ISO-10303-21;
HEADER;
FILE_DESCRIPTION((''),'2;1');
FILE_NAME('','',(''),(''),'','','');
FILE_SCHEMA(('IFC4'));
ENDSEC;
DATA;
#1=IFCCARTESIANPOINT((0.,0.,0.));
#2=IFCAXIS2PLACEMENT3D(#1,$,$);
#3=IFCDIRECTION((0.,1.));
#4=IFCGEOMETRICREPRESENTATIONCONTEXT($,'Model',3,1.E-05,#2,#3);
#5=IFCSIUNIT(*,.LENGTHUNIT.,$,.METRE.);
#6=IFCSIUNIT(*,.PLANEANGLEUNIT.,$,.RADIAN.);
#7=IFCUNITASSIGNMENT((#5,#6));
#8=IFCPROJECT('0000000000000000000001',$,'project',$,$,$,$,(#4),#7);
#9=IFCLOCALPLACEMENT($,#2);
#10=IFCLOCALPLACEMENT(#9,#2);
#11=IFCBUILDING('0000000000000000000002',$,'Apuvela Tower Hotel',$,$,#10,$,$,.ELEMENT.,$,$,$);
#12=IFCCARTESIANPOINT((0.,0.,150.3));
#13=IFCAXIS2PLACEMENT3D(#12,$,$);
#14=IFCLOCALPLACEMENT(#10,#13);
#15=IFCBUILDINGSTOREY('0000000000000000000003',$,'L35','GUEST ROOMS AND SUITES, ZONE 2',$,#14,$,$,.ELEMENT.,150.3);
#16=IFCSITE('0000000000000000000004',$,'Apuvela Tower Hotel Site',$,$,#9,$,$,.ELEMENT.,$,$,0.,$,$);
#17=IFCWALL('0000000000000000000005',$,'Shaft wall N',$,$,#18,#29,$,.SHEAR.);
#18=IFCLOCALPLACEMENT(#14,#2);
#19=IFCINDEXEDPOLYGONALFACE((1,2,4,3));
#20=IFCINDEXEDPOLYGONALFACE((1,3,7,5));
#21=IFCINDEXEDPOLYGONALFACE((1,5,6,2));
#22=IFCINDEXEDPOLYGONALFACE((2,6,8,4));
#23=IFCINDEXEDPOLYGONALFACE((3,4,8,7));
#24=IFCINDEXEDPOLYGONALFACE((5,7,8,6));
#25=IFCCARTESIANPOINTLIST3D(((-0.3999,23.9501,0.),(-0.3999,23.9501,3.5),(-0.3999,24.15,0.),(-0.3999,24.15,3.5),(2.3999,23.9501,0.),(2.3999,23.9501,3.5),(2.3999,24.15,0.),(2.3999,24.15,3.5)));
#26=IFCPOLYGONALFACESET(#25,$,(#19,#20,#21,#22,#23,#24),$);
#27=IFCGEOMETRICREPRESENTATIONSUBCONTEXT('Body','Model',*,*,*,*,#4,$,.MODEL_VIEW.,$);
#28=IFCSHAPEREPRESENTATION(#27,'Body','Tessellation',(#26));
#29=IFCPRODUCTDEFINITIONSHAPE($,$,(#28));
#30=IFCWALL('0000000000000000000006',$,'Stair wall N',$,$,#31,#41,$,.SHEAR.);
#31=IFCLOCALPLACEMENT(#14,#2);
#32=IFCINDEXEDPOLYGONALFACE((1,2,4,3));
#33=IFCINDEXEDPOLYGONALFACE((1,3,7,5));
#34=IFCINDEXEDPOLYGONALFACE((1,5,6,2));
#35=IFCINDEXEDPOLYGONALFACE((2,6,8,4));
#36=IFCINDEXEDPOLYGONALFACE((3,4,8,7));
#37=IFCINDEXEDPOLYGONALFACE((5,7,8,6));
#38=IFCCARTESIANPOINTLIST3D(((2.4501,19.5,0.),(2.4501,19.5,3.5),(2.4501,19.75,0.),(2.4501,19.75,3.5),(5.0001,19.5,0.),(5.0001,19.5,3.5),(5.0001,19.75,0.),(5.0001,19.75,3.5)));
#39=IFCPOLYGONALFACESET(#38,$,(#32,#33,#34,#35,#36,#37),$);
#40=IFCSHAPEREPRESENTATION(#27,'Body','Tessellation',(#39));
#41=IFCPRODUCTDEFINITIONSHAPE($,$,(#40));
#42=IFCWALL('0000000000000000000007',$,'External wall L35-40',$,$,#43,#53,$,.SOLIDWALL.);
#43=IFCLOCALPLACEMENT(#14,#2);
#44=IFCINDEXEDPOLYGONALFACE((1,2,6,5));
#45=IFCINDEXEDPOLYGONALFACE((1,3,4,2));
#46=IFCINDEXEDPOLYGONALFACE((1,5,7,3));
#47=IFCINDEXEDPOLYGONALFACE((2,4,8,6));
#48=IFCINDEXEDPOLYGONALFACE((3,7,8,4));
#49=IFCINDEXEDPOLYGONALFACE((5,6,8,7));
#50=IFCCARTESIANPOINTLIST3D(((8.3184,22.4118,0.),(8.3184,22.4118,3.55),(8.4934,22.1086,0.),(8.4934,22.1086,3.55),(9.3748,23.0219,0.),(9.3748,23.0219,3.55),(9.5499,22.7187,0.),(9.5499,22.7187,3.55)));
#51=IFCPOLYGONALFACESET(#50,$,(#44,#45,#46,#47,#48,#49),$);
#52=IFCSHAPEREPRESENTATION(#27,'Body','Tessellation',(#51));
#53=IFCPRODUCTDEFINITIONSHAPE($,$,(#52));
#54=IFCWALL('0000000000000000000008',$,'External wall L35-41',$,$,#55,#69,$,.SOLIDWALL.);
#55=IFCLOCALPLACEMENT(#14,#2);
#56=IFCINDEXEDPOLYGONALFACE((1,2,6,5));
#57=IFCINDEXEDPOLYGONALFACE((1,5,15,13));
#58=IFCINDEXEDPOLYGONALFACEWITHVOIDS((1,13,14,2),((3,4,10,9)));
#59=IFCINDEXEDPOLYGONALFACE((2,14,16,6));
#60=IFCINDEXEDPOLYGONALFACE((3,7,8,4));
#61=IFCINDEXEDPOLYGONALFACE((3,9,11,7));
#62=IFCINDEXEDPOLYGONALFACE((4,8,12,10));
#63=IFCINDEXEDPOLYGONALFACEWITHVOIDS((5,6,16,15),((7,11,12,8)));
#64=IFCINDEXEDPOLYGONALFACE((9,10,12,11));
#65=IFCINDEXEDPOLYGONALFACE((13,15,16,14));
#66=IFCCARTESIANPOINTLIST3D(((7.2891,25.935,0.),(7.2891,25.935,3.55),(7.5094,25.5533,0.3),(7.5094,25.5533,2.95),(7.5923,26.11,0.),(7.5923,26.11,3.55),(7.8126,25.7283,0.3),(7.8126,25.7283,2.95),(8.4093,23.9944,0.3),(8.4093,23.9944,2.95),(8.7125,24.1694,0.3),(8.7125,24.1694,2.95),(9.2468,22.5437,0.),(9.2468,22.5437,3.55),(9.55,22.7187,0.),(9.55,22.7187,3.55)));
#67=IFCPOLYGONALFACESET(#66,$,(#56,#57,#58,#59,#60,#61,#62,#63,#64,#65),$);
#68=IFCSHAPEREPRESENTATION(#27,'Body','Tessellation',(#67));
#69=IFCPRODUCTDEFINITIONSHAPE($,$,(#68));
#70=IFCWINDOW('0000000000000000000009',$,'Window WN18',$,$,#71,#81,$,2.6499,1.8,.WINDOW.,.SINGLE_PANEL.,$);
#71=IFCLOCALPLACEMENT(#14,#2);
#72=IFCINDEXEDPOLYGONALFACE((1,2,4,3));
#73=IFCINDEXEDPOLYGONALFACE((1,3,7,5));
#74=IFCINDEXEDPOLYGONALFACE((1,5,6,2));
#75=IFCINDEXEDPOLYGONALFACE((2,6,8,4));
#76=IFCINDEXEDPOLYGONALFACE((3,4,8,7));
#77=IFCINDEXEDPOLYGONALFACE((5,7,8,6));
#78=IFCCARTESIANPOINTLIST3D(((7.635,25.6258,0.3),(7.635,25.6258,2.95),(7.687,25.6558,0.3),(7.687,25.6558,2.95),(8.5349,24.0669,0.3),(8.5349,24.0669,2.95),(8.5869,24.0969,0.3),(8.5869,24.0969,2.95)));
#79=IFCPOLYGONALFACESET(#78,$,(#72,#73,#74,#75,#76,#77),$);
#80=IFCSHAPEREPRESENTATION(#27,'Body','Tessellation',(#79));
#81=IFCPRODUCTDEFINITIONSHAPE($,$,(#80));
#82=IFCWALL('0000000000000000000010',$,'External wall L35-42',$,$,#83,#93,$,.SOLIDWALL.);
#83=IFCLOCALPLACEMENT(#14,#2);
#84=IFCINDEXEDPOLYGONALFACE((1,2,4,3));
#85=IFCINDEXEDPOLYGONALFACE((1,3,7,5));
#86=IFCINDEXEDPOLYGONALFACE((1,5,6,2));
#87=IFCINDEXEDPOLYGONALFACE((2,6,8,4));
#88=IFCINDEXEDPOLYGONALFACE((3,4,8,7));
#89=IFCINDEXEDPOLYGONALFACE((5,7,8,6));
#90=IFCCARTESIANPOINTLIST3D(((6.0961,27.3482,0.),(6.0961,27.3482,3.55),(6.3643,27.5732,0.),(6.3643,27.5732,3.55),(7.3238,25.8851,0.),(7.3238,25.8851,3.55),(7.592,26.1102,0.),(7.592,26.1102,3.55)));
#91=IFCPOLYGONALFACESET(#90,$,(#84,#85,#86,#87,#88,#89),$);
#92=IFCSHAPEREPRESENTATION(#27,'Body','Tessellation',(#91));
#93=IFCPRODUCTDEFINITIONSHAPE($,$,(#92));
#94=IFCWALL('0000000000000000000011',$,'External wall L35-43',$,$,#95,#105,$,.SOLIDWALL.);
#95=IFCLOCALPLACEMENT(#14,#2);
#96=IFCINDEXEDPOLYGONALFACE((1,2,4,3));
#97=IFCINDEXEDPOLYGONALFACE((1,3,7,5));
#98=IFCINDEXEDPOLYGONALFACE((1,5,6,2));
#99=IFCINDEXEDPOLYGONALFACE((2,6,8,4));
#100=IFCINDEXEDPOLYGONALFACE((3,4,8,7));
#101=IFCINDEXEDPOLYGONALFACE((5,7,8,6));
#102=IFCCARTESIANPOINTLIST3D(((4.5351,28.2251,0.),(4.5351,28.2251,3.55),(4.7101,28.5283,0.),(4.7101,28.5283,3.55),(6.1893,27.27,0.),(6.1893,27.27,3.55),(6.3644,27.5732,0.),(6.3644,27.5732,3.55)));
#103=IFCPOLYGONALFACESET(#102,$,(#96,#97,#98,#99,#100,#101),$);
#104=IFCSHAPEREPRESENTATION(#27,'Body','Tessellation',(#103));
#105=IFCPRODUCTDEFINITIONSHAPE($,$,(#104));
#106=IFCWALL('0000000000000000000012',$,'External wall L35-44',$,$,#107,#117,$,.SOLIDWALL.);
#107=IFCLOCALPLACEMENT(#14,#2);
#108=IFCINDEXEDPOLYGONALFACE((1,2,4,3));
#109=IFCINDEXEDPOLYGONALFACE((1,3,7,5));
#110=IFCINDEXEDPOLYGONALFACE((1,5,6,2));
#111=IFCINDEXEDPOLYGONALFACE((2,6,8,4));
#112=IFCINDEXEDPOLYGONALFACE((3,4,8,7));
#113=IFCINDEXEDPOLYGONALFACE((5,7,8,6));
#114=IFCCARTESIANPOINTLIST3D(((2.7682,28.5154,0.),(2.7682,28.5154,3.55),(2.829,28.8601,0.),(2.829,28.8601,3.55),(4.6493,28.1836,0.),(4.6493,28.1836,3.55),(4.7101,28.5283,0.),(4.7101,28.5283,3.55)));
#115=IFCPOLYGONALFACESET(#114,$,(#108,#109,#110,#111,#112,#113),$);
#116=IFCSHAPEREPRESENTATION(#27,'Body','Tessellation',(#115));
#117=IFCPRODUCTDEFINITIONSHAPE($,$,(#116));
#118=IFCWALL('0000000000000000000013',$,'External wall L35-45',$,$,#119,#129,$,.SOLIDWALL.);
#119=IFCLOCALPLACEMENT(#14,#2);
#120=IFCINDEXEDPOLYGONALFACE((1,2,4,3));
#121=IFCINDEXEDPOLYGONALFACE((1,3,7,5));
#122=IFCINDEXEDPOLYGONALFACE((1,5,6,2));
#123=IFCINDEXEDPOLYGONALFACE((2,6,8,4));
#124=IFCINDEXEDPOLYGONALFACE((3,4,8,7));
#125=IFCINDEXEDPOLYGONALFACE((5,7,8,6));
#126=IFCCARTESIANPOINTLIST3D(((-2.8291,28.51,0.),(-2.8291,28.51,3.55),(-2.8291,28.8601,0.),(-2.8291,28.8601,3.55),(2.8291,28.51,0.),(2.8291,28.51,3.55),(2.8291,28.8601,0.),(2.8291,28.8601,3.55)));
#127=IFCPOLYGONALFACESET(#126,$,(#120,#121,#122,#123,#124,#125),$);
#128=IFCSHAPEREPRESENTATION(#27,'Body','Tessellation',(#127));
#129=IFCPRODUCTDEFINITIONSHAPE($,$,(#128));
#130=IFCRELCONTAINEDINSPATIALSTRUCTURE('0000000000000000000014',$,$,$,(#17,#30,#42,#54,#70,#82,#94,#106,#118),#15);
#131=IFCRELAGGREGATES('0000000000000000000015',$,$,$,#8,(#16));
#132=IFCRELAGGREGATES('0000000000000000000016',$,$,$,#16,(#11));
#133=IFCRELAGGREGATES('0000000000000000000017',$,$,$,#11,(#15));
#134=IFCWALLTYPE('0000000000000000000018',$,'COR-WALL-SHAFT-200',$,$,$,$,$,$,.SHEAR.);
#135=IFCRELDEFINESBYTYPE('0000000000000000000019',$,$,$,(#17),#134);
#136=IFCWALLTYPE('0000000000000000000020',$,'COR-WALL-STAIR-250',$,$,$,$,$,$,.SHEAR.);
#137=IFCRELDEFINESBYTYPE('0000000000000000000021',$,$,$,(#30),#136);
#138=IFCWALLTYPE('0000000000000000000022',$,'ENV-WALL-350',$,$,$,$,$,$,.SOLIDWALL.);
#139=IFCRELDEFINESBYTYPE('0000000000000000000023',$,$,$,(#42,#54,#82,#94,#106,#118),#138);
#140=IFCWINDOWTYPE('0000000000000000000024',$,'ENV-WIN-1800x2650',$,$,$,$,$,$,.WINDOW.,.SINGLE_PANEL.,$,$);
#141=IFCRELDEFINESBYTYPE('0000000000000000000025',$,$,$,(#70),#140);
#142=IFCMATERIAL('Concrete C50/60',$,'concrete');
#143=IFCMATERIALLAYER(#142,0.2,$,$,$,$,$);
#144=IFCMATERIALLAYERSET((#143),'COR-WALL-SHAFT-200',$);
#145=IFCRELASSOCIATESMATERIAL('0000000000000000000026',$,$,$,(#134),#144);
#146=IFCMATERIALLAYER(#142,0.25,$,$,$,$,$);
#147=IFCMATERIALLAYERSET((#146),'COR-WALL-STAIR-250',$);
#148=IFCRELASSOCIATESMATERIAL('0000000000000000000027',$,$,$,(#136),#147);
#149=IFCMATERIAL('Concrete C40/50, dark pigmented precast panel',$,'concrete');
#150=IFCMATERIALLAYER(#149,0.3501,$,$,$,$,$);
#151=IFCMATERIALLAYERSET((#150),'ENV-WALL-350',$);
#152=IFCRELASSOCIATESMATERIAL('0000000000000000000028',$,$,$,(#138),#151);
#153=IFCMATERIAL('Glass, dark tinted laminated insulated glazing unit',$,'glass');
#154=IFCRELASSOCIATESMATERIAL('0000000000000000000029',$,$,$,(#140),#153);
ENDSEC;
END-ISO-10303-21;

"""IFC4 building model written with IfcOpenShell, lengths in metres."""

from ifc_helpers import new_model, si_unit, direction, frame, frame_2d, origin, place, context, subcontext, project, spatial, rectangle, extrude, material, layer, layer_set, type_object, element, fill, save


model = new_model("IFC4")

# Units and contexts
model_context = context("Model", 3, precision=1e-05, world=origin(), true_north=direction((0.0, 1.0)))
body_context = subcontext(model_context, "Body", "Model", "MODEL_VIEW")
ifc_project = project(units=[si_unit("LENGTHUNIT", "METRE"), si_unit("PLANEANGLEUNIT", "RADIAN")], contexts=[model_context])

# Site, building, storey
site_placement = place(None, origin())
site = spatial("IfcSite", under=ifc_project, at=site_placement, Name="Apuvela Tower Hotel Site", CompositionType="ELEMENT", RefElevation=0.0)
building_placement = place(site_placement, origin())
building = spatial("IfcBuilding", under=site, at=building_placement, Name="Apuvela Tower Hotel", CompositionType="ELEMENT")
storey_placement = place(building_placement, frame((0.0, 0.0, 150.3)))
storey = spatial("IfcBuildingStorey", under=building, at=storey_placement, Name="L35", Description="GUEST ROOMS AND SUITES, ZONE 2", CompositionType="ELEMENT", Elevation=150.3)

# Walls
ifc_material_1 = material(Name="Concrete C50/60", Category="concrete")
ifc_layer_1 = layer(ifc_material_1, 0.2)
ifc_layer_set_1 = layer_set([ifc_layer_1], Name="COR-WALL-SHAFT-200")
wall_type_1 = type_object("IfcWallType", Name="COR-WALL-SHAFT-200", PredefinedType="SHEAR", material=ifc_layer_set_1)
wall_1_placement = place(storey_placement, frame((2.3999, 24.05, 0.0), z_axis=(0.0, 0.0, 1.0), x_axis=(-1.0, 0.0, 0.0)))
element("IfcWall", 1, at=wall_1_placement, inside=storey, type_object=wall_type_1, Name="Shaft wall N", PredefinedType="SHEAR", context=body_context, shape_type="SweptSolid", body=[
    extrude(rectangle(XDim=2.7998, YDim=0.2, at=frame_2d((1.3999, 0.0))), origin(), (0.0, 0.0, 1.0), 3.5),
])
ifc_layer_2 = layer(ifc_material_1, 0.25)
ifc_layer_set_2 = layer_set([ifc_layer_2], Name="COR-WALL-STAIR-250")
wall_type_2 = type_object("IfcWallType", Name="COR-WALL-STAIR-250", PredefinedType="SHEAR", material=ifc_layer_set_2)
wall_2_placement = place(storey_placement, frame((5.0, 19.625, 0.0), z_axis=(0.0, 0.0, 1.0), x_axis=(-1.0, 0.0, 0.0)))
element("IfcWall", 2, at=wall_2_placement, inside=storey, type_object=wall_type_2, Name="Stair wall N", PredefinedType="SHEAR", context=body_context, shape_type="SweptSolid", body=[
    extrude(rectangle(XDim=2.55, YDim=0.25, at=frame_2d((1.2749, 0.0))), origin(), (0.0, 0.0, 1.0), 3.5),
])
ifc_material_2 = material(Name="Concrete C40/50, dark pigmented precast panel", Category="concrete")
ifc_layer_3 = layer(ifc_material_2, 0.3501)
ifc_layer_set_3 = layer_set([ifc_layer_3], Name="ENV-WALL-350")
wall_type_3 = type_object("IfcWallType", Name="ENV-WALL-350", PredefinedType="SOLIDWALL", material=ifc_layer_set_3)
wall_3_placement = place(storey_placement, frame((8.406, 22.2603, 0.0), z_axis=(0.0, 0.0, 1.0), x_axis=(0.865956, 0.500121, 0.0)))
element("IfcWall", 3, at=wall_3_placement, inside=storey, type_object=wall_type_3, Name="External wall L35-40", PredefinedType="SOLIDWALL", context=body_context, shape_type="SweptSolid", body=[
    extrude(rectangle(XDim=1.22, YDim=0.3501, at=frame_2d((0.6099, 0.0))), origin(), (0.0, 0.0, 1.0), 3.55),
])

# Wall, opening, window
wall_4_placement = place(storey_placement, frame((9.3984, 22.6311, 0.0), z_axis=(0.0, 0.0, 1.0), x_axis=(-0.499955, 0.866052, 0.0)))
wall_4 = element("IfcWall", 4, at=wall_4_placement, inside=storey, type_object=wall_type_3, Name="External wall L35-41", PredefinedType="SOLIDWALL", context=body_context, shape_type="SweptSolid", body=[
    extrude(rectangle(XDim=3.9158, YDim=0.3501, at=frame_2d((1.958, 0.0))), origin(), (0.0, 0.0, 1.0), 3.55),
])
opening_placement = place(wall_4_placement, frame((1.6753, 0.0, 0.3)))
opening = element("IfcOpeningElement", 5, at=opening_placement, cuts=wall_4, PredefinedType="OPENING", context=body_context, shape_type="SweptSolid", body=[
    extrude(rectangle(XDim=1.8, YDim=2.6499, at=frame_2d((0.8999, 1.325))), frame((0.0, 0.1851, 0.0), z_axis=(0.0, -1.0, 0.0), x_axis=(1.0, 0.0, 0.0)), (0.0, 0.0, 1.0), 0.3701),
])
ifc_material_3 = material(Name="Glass, dark tinted laminated insulated glazing unit", Category="glass")
window_type = type_object("IfcWindowType", Name="ENV-WIN-1800x2650", PartitioningType="SINGLE_PANEL", PredefinedType="WINDOW", material=ifc_material_3)
window_placement = place(opening_placement, origin())
window = element("IfcWindow", 6, at=window_placement, inside=storey, type_object=window_type, Name="Window WN18", OverallHeight=2.6499, OverallWidth=1.8, PartitioningType="SINGLE_PANEL", PredefinedType="WINDOW", context=body_context, shape_type="SweptSolid", body=[
    extrude(rectangle(XDim=1.8, YDim=2.6499, at=frame_2d((0.8999, 1.325))), frame((0.0, 0.03, 0.0), z_axis=(0.0, -1.0, 0.0), x_axis=(1.0, 0.0, 0.0)), (0.0, 0.0, 1.0), 0.0601),
])
fill(opening, window)

# Walls
wall_5_placement = place(storey_placement, frame((7.458, 25.9976, 0.0), z_axis=(0.0, 0.0, 1.0), x_axis=(-0.642808, 0.766027, 0.0)))
element("IfcWall", 7, at=wall_5_placement, inside=storey, type_object=wall_type_3, Name="External wall L35-42", PredefinedType="SOLIDWALL", context=body_context, shape_type="SweptSolid", body=[
    extrude(rectangle(XDim=1.9099, YDim=0.3501, at=frame_2d((0.9551, 0.0))), origin(), (0.0, 0.0, 1.0), 3.55),
])
for number, where, z_axis, x_axis, name in (
    (8, (6.2769, 27.4216, 0.0), (0.0, 0.0, 1.0), (-0.866032, 0.499988, 0.0), "External wall L35-43"),
    (9, (4.6797, 28.356, 0.0), (0.0, 0.0, 1.0), (-0.984799, 0.173698, 0.0), "External wall L35-44"),
):
    element("IfcWall", number, at=place(storey_placement, frame(where, z_axis=z_axis, x_axis=x_axis)), inside=storey, type_object=wall_type_3, Name=name, PredefinedType="SOLIDWALL", context=body_context, shape_type="SweptSolid", body=[
        extrude(rectangle(XDim=1.9102, YDim=0.3501, at=frame_2d((0.9551, 0.0))), origin(), (0.0, 0.0, 1.0), 3.55),
    ])
wall_6_placement = place(storey_placement, frame((2.8291, 28.6851, 0.0), z_axis=(0.0, 0.0, 1.0), x_axis=(-1.0, 0.0, 0.0)))
element("IfcWall", 10, at=wall_6_placement, inside=storey, type_object=wall_type_3, Name="External wall L35-45", PredefinedType="SOLIDWALL", context=body_context, shape_type="SweptSolid", body=[
    extrude(rectangle(XDim=5.6582, YDim=0.3501, at=frame_2d((2.8291, 0.0))), origin(), (0.0, 0.0, 1.0), 3.55),
])

save(model, "model.ifc")
